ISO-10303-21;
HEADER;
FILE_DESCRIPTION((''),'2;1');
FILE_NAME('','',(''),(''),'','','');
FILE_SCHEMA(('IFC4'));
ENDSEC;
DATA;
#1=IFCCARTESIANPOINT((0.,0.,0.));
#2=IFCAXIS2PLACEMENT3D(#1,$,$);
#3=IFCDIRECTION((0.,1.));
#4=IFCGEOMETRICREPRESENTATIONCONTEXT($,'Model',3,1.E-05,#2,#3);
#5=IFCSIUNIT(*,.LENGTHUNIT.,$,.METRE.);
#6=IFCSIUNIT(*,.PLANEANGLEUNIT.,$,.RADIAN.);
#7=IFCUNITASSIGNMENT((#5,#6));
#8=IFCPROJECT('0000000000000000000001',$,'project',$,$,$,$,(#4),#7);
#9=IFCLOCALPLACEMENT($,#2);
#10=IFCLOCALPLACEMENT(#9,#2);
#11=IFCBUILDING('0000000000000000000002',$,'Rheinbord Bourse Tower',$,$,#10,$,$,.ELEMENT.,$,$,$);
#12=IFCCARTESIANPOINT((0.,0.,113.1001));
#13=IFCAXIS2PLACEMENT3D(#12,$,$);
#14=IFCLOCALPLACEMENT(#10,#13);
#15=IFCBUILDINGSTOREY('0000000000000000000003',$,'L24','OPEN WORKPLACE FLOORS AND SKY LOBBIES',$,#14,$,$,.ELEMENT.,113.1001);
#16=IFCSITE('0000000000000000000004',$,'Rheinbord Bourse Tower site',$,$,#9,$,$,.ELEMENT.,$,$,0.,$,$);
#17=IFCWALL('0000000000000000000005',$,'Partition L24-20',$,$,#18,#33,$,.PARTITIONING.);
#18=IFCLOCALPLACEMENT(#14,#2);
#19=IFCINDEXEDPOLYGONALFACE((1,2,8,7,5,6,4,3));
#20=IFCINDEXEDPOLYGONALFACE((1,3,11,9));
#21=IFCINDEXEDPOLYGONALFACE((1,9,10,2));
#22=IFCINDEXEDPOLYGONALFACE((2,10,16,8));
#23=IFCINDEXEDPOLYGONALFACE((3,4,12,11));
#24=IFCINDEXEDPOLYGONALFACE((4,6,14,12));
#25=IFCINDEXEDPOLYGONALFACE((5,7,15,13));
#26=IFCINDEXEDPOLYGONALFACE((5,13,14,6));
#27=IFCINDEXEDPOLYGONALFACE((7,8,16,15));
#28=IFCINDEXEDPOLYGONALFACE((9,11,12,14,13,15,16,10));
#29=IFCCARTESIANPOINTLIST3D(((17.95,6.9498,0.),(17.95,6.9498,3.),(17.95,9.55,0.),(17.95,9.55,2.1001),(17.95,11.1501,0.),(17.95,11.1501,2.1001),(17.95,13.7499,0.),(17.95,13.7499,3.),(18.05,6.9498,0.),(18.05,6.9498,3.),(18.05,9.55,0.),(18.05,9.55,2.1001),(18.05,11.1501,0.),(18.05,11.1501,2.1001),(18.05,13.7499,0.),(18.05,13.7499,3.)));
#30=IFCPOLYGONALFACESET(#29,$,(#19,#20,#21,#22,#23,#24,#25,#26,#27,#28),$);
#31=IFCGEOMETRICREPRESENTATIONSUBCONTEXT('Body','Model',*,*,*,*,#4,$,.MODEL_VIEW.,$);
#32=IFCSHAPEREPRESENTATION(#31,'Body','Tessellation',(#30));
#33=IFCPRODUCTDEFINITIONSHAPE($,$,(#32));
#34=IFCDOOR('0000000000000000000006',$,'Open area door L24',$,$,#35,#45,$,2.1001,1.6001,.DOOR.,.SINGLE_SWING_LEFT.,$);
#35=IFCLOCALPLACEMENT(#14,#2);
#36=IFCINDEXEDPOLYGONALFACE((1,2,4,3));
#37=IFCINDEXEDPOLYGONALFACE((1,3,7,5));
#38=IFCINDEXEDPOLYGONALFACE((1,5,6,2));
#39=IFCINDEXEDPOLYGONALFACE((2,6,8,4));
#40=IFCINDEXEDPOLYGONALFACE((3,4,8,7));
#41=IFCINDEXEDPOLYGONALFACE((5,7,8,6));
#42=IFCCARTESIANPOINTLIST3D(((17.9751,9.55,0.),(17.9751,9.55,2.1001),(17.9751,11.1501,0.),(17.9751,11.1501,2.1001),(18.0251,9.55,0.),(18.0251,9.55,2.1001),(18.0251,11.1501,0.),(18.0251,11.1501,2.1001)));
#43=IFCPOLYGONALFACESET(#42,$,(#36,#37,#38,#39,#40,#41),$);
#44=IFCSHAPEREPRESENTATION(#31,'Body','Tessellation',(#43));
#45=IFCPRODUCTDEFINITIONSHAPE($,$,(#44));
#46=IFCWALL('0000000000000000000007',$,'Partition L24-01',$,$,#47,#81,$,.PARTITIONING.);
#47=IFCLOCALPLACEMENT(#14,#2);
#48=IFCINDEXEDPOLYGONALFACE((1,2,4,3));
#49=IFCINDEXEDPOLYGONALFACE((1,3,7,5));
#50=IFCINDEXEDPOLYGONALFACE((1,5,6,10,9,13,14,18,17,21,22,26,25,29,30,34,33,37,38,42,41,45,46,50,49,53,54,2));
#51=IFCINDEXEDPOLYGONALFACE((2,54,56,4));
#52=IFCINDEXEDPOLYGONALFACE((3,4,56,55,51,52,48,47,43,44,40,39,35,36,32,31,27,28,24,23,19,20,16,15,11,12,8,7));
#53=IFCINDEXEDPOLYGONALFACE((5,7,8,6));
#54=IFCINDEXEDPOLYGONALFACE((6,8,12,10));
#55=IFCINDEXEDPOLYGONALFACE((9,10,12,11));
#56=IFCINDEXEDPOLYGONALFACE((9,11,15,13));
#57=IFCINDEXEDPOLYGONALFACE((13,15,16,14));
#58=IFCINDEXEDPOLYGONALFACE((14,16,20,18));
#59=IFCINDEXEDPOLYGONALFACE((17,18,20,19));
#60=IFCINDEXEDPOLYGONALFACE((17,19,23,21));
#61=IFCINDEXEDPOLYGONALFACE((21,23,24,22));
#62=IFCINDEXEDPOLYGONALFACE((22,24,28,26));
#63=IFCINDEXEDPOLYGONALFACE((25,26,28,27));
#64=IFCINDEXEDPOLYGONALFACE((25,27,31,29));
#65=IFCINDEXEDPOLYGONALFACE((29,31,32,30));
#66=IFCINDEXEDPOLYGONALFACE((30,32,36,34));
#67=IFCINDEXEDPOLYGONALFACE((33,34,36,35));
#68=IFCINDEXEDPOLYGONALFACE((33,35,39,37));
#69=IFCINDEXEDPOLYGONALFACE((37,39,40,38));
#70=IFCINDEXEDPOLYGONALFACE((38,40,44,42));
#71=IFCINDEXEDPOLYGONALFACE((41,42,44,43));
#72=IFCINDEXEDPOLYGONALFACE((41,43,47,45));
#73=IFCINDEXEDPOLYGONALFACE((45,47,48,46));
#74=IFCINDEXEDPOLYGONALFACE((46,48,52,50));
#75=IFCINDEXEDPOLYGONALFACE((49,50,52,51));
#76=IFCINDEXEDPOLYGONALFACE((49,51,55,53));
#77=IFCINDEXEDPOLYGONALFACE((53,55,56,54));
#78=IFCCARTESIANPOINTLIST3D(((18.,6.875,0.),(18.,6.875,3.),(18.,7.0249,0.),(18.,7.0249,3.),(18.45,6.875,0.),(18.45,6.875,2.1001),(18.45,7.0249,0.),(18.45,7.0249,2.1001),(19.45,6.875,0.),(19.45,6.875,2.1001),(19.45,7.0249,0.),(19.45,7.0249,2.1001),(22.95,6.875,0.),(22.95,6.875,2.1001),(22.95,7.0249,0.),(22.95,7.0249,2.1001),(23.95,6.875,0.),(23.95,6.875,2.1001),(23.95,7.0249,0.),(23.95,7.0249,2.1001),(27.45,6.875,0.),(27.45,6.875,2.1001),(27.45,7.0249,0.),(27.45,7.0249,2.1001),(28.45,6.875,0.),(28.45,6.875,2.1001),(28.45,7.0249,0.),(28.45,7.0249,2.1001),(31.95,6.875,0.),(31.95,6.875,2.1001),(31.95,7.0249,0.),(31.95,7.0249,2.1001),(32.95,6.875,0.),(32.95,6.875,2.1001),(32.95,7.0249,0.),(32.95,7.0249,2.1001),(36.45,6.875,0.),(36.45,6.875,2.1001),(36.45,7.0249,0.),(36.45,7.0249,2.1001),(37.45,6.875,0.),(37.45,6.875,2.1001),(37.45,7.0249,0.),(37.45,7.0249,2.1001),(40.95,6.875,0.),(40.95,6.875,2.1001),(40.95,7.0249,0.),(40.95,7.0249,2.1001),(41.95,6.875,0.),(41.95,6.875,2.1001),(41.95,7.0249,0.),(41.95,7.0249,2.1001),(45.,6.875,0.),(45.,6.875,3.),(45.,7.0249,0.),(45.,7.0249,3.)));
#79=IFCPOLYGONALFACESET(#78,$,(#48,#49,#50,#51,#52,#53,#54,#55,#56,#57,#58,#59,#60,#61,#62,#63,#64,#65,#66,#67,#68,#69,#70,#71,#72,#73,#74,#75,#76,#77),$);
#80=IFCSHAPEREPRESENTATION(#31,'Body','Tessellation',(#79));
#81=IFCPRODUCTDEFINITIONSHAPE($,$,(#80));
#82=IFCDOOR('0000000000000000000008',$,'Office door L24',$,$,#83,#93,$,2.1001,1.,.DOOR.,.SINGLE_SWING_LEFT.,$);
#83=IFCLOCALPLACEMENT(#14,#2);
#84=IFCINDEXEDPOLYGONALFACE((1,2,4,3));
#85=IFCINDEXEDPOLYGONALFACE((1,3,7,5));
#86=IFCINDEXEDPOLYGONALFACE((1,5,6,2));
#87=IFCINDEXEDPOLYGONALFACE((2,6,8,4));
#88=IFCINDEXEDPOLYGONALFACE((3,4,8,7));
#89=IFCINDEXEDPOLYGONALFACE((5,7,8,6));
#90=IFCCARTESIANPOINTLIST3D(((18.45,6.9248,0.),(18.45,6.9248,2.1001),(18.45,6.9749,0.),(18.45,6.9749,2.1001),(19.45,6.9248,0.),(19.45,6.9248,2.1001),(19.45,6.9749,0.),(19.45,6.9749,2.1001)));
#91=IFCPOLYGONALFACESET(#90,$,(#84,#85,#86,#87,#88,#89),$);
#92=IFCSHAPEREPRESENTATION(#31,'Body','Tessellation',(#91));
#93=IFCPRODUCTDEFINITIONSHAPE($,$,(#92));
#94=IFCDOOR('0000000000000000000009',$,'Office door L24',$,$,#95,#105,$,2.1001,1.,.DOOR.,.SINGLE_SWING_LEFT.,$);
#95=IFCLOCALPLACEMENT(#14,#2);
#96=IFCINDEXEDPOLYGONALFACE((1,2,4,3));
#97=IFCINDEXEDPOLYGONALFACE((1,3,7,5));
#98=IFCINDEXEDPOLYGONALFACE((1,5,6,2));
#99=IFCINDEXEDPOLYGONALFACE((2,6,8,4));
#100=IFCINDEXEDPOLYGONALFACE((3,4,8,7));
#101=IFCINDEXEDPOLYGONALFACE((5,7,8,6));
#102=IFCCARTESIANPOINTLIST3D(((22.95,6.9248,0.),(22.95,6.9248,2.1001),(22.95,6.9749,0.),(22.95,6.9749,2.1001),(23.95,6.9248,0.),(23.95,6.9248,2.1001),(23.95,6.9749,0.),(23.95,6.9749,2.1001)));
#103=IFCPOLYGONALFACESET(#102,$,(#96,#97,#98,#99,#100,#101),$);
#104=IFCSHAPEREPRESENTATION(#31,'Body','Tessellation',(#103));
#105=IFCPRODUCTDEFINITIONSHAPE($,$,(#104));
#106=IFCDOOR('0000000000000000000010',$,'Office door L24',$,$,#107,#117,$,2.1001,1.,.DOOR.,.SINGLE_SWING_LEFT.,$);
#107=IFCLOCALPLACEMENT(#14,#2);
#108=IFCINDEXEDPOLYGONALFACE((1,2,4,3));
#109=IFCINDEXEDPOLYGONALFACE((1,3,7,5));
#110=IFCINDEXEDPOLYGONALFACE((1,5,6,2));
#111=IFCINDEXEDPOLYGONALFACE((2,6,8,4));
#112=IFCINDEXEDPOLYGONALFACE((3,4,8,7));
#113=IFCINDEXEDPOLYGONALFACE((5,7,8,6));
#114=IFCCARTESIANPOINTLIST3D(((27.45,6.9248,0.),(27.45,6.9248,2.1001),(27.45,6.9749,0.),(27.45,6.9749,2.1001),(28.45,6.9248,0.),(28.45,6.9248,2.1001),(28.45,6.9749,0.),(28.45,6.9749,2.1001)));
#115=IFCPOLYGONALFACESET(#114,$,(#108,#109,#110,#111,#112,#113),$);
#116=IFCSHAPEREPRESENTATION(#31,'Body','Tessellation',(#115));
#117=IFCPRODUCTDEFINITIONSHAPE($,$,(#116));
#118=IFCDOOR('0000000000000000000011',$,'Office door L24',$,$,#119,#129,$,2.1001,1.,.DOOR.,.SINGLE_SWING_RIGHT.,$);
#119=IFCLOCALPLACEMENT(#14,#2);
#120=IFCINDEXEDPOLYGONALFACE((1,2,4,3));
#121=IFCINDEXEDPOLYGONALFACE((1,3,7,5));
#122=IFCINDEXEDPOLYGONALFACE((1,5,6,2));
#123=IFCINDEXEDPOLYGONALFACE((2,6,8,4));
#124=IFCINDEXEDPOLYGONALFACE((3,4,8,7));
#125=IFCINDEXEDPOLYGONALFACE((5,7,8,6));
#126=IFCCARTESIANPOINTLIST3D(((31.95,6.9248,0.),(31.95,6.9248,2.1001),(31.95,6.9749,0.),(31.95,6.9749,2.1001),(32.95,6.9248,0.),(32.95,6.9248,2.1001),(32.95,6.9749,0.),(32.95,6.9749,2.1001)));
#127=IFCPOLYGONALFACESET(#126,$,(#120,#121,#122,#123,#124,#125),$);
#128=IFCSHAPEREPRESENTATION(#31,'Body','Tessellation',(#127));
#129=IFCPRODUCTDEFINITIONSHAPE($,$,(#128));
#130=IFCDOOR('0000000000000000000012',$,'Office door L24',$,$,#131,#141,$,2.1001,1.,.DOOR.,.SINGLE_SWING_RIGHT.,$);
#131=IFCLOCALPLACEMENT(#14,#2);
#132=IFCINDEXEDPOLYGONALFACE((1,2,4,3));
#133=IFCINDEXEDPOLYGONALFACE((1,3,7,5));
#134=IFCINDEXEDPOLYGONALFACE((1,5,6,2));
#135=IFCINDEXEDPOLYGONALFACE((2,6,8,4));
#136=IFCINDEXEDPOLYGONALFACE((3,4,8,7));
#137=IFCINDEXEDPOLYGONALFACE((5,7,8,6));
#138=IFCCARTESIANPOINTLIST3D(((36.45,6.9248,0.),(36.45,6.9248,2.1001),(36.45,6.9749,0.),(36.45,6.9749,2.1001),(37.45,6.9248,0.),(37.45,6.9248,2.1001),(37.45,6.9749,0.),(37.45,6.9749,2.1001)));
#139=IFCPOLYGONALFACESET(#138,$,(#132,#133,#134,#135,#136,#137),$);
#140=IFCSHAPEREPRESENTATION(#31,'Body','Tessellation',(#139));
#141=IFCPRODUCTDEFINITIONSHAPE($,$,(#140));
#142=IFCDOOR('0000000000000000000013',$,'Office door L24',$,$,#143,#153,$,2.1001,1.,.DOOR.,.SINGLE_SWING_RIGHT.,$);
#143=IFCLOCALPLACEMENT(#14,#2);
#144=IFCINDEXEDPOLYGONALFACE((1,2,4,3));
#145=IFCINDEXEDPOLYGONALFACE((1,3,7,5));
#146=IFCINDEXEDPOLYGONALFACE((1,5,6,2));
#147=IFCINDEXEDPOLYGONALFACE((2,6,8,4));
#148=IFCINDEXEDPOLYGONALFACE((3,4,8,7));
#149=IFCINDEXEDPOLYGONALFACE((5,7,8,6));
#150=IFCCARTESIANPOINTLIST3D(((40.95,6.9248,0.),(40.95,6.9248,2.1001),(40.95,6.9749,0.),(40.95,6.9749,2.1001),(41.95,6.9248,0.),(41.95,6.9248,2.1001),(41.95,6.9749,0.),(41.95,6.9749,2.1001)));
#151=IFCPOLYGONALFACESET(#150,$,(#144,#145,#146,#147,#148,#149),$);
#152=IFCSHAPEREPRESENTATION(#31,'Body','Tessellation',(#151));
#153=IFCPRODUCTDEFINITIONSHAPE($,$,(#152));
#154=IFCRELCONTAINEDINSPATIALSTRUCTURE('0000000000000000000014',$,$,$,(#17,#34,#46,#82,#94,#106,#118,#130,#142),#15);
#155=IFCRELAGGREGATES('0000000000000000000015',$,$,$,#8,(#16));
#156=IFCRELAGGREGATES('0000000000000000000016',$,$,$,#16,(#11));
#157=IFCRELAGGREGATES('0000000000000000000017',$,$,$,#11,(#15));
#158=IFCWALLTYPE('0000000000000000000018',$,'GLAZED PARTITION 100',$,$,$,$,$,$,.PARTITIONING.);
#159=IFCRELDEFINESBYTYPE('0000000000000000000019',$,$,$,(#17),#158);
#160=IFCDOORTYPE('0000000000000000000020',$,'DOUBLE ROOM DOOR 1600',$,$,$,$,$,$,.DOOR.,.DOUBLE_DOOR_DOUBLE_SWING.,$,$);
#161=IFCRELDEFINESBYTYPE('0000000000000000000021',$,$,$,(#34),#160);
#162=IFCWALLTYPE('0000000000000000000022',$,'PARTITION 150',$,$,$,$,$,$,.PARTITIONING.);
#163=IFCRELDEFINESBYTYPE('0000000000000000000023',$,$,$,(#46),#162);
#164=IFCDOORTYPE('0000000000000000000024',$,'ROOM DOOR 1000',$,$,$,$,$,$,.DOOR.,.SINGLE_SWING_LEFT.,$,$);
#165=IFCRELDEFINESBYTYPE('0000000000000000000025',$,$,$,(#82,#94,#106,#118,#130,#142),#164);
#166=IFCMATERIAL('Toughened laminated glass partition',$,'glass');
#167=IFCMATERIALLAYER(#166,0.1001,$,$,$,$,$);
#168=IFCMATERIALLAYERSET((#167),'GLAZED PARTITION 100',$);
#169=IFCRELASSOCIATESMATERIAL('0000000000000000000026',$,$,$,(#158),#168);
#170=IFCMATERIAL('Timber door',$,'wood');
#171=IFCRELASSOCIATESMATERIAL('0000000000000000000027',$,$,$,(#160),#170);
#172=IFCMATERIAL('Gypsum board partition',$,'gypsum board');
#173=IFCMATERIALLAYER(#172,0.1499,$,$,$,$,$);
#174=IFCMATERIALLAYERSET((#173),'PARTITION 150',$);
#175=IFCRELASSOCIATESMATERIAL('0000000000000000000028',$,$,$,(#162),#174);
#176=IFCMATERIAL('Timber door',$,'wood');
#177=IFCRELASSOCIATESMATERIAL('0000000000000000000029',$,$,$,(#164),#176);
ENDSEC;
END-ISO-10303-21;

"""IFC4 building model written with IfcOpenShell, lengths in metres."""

from ifc_helpers import new_model, si_unit, direction, frame, frame_2d, origin, place, context, subcontext, project, spatial, rectangle, extrude, material, layer, layer_set, type_object, element, fill, save


model = new_model("IFC4")

# Units and contexts
model_context = context("Model", 3, precision=1e-05, world=origin(), true_north=direction((0.0, 1.0)))
body_context = subcontext(model_context, "Body", "Model", "MODEL_VIEW")
ifc_project = project(units=[si_unit("LENGTHUNIT", "METRE"), si_unit("PLANEANGLEUNIT", "RADIAN")], contexts=[model_context])

# Site, building, storey
site_placement = place(None, origin())
site = spatial("IfcSite", under=ifc_project, at=site_placement, Name="Rheinbord Bourse Tower site", CompositionType="ELEMENT", RefElevation=0.0)
building_placement = place(site_placement, origin())
building = spatial("IfcBuilding", under=site, at=building_placement, Name="Rheinbord Bourse Tower", CompositionType="ELEMENT")
storey_placement = place(building_placement, frame((0.0, 0.0, 113.1001)))
storey = spatial("IfcBuildingStorey", under=building, at=storey_placement, Name="L24", Description="OPEN WORKPLACE FLOORS AND SKY LOBBIES", CompositionType="ELEMENT", Elevation=113.1001)

# Wall, opening, door
ifc_material_1 = material(Name="Toughened laminated glass partition", Category="glass")
ifc_layer_1 = layer(ifc_material_1, 0.1001)
ifc_layer_set_1 = layer_set([ifc_layer_1], Name="GLAZED PARTITION 100")
wall_type_1 = type_object("IfcWallType", Name="GLAZED PARTITION 100", PredefinedType="PARTITIONING", material=ifc_layer_set_1)
wall_1_placement = place(storey_placement, frame((18.0, 6.95, 0.0), z_axis=(0.0, 0.0, 1.0), x_axis=(0.0, 1.0, 0.0)))
wall_1 = element("IfcWall", 1, at=wall_1_placement, inside=storey, type_object=wall_type_1, Name="Partition L24-20", PredefinedType="PARTITIONING", context=body_context, shape_type="SweptSolid", body=[
    extrude(rectangle(XDim=6.8, YDim=0.1001, at=frame_2d((3.3999, 0.0))), origin(), (0.0, 0.0, 1.0), 3.0),
])
opening_1_placement = place(wall_1_placement, frame((2.6001, 0.0, 0.0)))
opening_1 = element("IfcOpeningElement", 2, at=opening_1_placement, cuts=wall_1, PredefinedType="OPENING", context=body_context, shape_type="SweptSolid", body=[
    extrude(rectangle(XDim=1.6001, YDim=2.1001, at=frame_2d((0.8, 1.05))), frame((0.0, 0.0601, 0.0), z_axis=(0.0, -1.0, 0.0), x_axis=(1.0, 0.0, 0.0)), (0.0, 0.0, 1.0), 0.1201),
])
ifc_material_2 = material(Name="Timber door", Category="wood")
door_type_1 = type_object("IfcDoorType", Name="DOUBLE ROOM DOOR 1600", OperationType="DOUBLE_DOOR_DOUBLE_SWING", PredefinedType="DOOR", material=ifc_material_2)
door_1_placement = place(opening_1_placement, origin())
door_1 = element("IfcDoor", 3, at=door_1_placement, inside=storey, type_object=door_type_1, Name="Open area door L24", OperationType="SINGLE_SWING_LEFT", OverallHeight=2.1001, OverallWidth=1.6001, PredefinedType="DOOR", context=body_context, shape_type="SweptSolid", body=[
    extrude(rectangle(XDim=1.6001, YDim=2.1001, at=frame_2d((0.8, 1.05))), frame((0.0, 0.0249, 0.0), z_axis=(0.0, -1.0, 0.0), x_axis=(1.0, 0.0, 0.0)), (0.0, 0.0, 1.0), 0.05),
])
fill(opening_1, door_1)

# Wall, openings, doors
ifc_material_3 = material(Name="Gypsum board partition", Category="gypsum board")
ifc_layer_2 = layer(ifc_material_3, 0.1499)
ifc_layer_set_2 = layer_set([ifc_layer_2], Name="PARTITION 150")
wall_type_2 = type_object("IfcWallType", Name="PARTITION 150", PredefinedType="PARTITIONING", material=ifc_layer_set_2)
wall_2_placement = place(storey_placement, frame((18.0, 6.95, 0.0), z_axis=(0.0, 0.0, 1.0), x_axis=(1.0, 0.0, 0.0)))
wall_2 = element("IfcWall", 4, at=wall_2_placement, inside=storey, type_object=wall_type_2, Name="Partition L24-01", PredefinedType="PARTITIONING", context=body_context, shape_type="SweptSolid", body=[
    extrude(rectangle(XDim=27.0, YDim=0.1499, at=frame_2d((13.5, 0.0))), origin(), (0.0, 0.0, 1.0), 3.0),
])
opening_2_placement = place(wall_2_placement, frame((0.45, 0.0, 0.0)))
opening_2 = element("IfcOpeningElement", 5, at=opening_2_placement, cuts=wall_2, PredefinedType="OPENING", context=body_context, shape_type="SweptSolid", body=[
    extrude(rectangle(XDim=1.0, YDim=2.1001, at=frame_2d((0.5, 1.05))), frame((0.0, 0.085, 0.0), z_axis=(0.0, -1.0, 0.0), x_axis=(1.0, 0.0, 0.0)), (0.0, 0.0, 1.0), 0.1699),
])
opening_3_placement = place(wall_2_placement, frame((4.95, 0.0, 0.0)))
opening_3 = element("IfcOpeningElement", 6, at=opening_3_placement, cuts=wall_2, PredefinedType="OPENING", context=body_context, shape_type="SweptSolid", body=[
    extrude(rectangle(XDim=1.0, YDim=2.1001, at=frame_2d((0.5, 1.05))), frame((0.0, 0.085, 0.0), z_axis=(0.0, -1.0, 0.0), x_axis=(1.0, 0.0, 0.0)), (0.0, 0.0, 1.0), 0.1699),
])
opening_4_placement = place(wall_2_placement, frame((9.45, 0.0, 0.0)))
opening_4 = element("IfcOpeningElement", 7, at=opening_4_placement, cuts=wall_2, PredefinedType="OPENING", context=body_context, shape_type="SweptSolid", body=[
    extrude(rectangle(XDim=1.0, YDim=2.1001, at=frame_2d((0.5, 1.05))), frame((0.0, 0.085, 0.0), z_axis=(0.0, -1.0, 0.0), x_axis=(1.0, 0.0, 0.0)), (0.0, 0.0, 1.0), 0.1699),
])
opening_5_placement = place(wall_2_placement, frame((13.95, 0.0, 0.0)))
opening_5 = element("IfcOpeningElement", 8, at=opening_5_placement, cuts=wall_2, PredefinedType="OPENING", context=body_context, shape_type="SweptSolid", body=[
    extrude(rectangle(XDim=1.0, YDim=2.1001, at=frame_2d((0.5, 1.05))), frame((0.0, 0.085, 0.0), z_axis=(0.0, -1.0, 0.0), x_axis=(1.0, 0.0, 0.0)), (0.0, 0.0, 1.0), 0.1699),
])
opening_6_placement = place(wall_2_placement, frame((18.45, 0.0, 0.0)))
opening_6 = element("IfcOpeningElement", 9, at=opening_6_placement, cuts=wall_2, PredefinedType="OPENING", context=body_context, shape_type="SweptSolid", body=[
    extrude(rectangle(XDim=1.0, YDim=2.1001, at=frame_2d((0.5, 1.05))), frame((0.0, 0.085, 0.0), z_axis=(0.0, -1.0, 0.0), x_axis=(1.0, 0.0, 0.0)), (0.0, 0.0, 1.0), 0.1699),
])
opening_7_placement = place(wall_2_placement, frame((22.95, 0.0, 0.0)))
opening_7 = element("IfcOpeningElement", 10, at=opening_7_placement, cuts=wall_2, PredefinedType="OPENING", context=body_context, shape_type="SweptSolid", body=[
    extrude(rectangle(XDim=1.0, YDim=2.1001, at=frame_2d((0.5, 1.05))), frame((0.0, 0.085, 0.0), z_axis=(0.0, -1.0, 0.0), x_axis=(1.0, 0.0, 0.0)), (0.0, 0.0, 1.0), 0.1699),
])
ifc_material_4 = material(Name="Timber door", Category="wood")
door_type_2 = type_object("IfcDoorType", Name="ROOM DOOR 1000", OperationType="SINGLE_SWING_LEFT", PredefinedType="DOOR", material=ifc_material_4)
door_2_placement = place(opening_2_placement, origin())
door_2 = element("IfcDoor", 11, at=door_2_placement, inside=storey, type_object=door_type_2, Name="Office door L24", OperationType="SINGLE_SWING_LEFT", OverallHeight=2.1001, OverallWidth=1.0, PredefinedType="DOOR", context=body_context, shape_type="SweptSolid", body=[
    extrude(rectangle(XDim=1.0, YDim=2.1001, at=frame_2d((0.5, 1.05))), frame((0.0, 0.0249, 0.0), z_axis=(0.0, -1.0, 0.0), x_axis=(1.0, 0.0, 0.0)), (0.0, 0.0, 1.0), 0.05),
])
fill(opening_2, door_2)
door_3_placement = place(opening_3_placement, origin())
door_3 = element("IfcDoor", 12, at=door_3_placement, inside=storey, type_object=door_type_2, Name="Office door L24", OperationType="SINGLE_SWING_LEFT", OverallHeight=2.1001, OverallWidth=1.0, PredefinedType="DOOR", context=body_context, shape_type="SweptSolid", body=[
    extrude(rectangle(XDim=1.0, YDim=2.1001, at=frame_2d((0.5, 1.05))), frame((0.0, 0.0249, 0.0), z_axis=(0.0, -1.0, 0.0), x_axis=(1.0, 0.0, 0.0)), (0.0, 0.0, 1.0), 0.05),
])
fill(opening_3, door_3)
door_4_placement = place(opening_4_placement, origin())
door_4 = element("IfcDoor", 13, at=door_4_placement, inside=storey, type_object=door_type_2, Name="Office door L24", OperationType="SINGLE_SWING_LEFT", OverallHeight=2.1001, OverallWidth=1.0, PredefinedType="DOOR", context=body_context, shape_type="SweptSolid", body=[
    extrude(rectangle(XDim=1.0, YDim=2.1001, at=frame_2d((0.5, 1.05))), frame((0.0, 0.0249, 0.0), z_axis=(0.0, -1.0, 0.0), x_axis=(1.0, 0.0, 0.0)), (0.0, 0.0, 1.0), 0.05),
])
fill(opening_4, door_4)
door_5_placement = place(opening_5_placement, origin())
door_5 = element("IfcDoor", 14, at=door_5_placement, inside=storey, type_object=door_type_2, Name="Office door L24", OperationType="SINGLE_SWING_RIGHT", OverallHeight=2.1001, OverallWidth=1.0, PredefinedType="DOOR", context=body_context, shape_type="SweptSolid", body=[
    extrude(rectangle(XDim=1.0, YDim=2.1001, at=frame_2d((0.5, 1.05))), frame((0.0, 0.0249, 0.0), z_axis=(0.0, -1.0, 0.0), x_axis=(1.0, 0.0, 0.0)), (0.0, 0.0, 1.0), 0.05),
])
fill(opening_5, door_5)
door_6_placement = place(opening_6_placement, origin())
door_6 = element("IfcDoor", 15, at=door_6_placement, inside=storey, type_object=door_type_2, Name="Office door L24", OperationType="SINGLE_SWING_RIGHT", OverallHeight=2.1001, OverallWidth=1.0, PredefinedType="DOOR", context=body_context, shape_type="SweptSolid", body=[
    extrude(rectangle(XDim=1.0, YDim=2.1001, at=frame_2d((0.5, 1.05))), frame((0.0, 0.0249, 0.0), z_axis=(0.0, -1.0, 0.0), x_axis=(1.0, 0.0, 0.0)), (0.0, 0.0, 1.0), 0.05),
])
fill(opening_6, door_6)
door_7_placement = place(opening_7_placement, origin())
door_7 = element("IfcDoor", 16, at=door_7_placement, inside=storey, type_object=door_type_2, Name="Office door L24", OperationType="SINGLE_SWING_RIGHT", OverallHeight=2.1001, OverallWidth=1.0, PredefinedType="DOOR", context=body_context, shape_type="SweptSolid", body=[
    extrude(rectangle(XDim=1.0, YDim=2.1001, at=frame_2d((0.5, 1.05))), frame((0.0, 0.0249, 0.0), z_axis=(0.0, -1.0, 0.0), x_axis=(1.0, 0.0, 0.0)), (0.0, 0.0, 1.0), 0.05),
])
fill(opening_7, door_7)

save(model, "model.ifc")
